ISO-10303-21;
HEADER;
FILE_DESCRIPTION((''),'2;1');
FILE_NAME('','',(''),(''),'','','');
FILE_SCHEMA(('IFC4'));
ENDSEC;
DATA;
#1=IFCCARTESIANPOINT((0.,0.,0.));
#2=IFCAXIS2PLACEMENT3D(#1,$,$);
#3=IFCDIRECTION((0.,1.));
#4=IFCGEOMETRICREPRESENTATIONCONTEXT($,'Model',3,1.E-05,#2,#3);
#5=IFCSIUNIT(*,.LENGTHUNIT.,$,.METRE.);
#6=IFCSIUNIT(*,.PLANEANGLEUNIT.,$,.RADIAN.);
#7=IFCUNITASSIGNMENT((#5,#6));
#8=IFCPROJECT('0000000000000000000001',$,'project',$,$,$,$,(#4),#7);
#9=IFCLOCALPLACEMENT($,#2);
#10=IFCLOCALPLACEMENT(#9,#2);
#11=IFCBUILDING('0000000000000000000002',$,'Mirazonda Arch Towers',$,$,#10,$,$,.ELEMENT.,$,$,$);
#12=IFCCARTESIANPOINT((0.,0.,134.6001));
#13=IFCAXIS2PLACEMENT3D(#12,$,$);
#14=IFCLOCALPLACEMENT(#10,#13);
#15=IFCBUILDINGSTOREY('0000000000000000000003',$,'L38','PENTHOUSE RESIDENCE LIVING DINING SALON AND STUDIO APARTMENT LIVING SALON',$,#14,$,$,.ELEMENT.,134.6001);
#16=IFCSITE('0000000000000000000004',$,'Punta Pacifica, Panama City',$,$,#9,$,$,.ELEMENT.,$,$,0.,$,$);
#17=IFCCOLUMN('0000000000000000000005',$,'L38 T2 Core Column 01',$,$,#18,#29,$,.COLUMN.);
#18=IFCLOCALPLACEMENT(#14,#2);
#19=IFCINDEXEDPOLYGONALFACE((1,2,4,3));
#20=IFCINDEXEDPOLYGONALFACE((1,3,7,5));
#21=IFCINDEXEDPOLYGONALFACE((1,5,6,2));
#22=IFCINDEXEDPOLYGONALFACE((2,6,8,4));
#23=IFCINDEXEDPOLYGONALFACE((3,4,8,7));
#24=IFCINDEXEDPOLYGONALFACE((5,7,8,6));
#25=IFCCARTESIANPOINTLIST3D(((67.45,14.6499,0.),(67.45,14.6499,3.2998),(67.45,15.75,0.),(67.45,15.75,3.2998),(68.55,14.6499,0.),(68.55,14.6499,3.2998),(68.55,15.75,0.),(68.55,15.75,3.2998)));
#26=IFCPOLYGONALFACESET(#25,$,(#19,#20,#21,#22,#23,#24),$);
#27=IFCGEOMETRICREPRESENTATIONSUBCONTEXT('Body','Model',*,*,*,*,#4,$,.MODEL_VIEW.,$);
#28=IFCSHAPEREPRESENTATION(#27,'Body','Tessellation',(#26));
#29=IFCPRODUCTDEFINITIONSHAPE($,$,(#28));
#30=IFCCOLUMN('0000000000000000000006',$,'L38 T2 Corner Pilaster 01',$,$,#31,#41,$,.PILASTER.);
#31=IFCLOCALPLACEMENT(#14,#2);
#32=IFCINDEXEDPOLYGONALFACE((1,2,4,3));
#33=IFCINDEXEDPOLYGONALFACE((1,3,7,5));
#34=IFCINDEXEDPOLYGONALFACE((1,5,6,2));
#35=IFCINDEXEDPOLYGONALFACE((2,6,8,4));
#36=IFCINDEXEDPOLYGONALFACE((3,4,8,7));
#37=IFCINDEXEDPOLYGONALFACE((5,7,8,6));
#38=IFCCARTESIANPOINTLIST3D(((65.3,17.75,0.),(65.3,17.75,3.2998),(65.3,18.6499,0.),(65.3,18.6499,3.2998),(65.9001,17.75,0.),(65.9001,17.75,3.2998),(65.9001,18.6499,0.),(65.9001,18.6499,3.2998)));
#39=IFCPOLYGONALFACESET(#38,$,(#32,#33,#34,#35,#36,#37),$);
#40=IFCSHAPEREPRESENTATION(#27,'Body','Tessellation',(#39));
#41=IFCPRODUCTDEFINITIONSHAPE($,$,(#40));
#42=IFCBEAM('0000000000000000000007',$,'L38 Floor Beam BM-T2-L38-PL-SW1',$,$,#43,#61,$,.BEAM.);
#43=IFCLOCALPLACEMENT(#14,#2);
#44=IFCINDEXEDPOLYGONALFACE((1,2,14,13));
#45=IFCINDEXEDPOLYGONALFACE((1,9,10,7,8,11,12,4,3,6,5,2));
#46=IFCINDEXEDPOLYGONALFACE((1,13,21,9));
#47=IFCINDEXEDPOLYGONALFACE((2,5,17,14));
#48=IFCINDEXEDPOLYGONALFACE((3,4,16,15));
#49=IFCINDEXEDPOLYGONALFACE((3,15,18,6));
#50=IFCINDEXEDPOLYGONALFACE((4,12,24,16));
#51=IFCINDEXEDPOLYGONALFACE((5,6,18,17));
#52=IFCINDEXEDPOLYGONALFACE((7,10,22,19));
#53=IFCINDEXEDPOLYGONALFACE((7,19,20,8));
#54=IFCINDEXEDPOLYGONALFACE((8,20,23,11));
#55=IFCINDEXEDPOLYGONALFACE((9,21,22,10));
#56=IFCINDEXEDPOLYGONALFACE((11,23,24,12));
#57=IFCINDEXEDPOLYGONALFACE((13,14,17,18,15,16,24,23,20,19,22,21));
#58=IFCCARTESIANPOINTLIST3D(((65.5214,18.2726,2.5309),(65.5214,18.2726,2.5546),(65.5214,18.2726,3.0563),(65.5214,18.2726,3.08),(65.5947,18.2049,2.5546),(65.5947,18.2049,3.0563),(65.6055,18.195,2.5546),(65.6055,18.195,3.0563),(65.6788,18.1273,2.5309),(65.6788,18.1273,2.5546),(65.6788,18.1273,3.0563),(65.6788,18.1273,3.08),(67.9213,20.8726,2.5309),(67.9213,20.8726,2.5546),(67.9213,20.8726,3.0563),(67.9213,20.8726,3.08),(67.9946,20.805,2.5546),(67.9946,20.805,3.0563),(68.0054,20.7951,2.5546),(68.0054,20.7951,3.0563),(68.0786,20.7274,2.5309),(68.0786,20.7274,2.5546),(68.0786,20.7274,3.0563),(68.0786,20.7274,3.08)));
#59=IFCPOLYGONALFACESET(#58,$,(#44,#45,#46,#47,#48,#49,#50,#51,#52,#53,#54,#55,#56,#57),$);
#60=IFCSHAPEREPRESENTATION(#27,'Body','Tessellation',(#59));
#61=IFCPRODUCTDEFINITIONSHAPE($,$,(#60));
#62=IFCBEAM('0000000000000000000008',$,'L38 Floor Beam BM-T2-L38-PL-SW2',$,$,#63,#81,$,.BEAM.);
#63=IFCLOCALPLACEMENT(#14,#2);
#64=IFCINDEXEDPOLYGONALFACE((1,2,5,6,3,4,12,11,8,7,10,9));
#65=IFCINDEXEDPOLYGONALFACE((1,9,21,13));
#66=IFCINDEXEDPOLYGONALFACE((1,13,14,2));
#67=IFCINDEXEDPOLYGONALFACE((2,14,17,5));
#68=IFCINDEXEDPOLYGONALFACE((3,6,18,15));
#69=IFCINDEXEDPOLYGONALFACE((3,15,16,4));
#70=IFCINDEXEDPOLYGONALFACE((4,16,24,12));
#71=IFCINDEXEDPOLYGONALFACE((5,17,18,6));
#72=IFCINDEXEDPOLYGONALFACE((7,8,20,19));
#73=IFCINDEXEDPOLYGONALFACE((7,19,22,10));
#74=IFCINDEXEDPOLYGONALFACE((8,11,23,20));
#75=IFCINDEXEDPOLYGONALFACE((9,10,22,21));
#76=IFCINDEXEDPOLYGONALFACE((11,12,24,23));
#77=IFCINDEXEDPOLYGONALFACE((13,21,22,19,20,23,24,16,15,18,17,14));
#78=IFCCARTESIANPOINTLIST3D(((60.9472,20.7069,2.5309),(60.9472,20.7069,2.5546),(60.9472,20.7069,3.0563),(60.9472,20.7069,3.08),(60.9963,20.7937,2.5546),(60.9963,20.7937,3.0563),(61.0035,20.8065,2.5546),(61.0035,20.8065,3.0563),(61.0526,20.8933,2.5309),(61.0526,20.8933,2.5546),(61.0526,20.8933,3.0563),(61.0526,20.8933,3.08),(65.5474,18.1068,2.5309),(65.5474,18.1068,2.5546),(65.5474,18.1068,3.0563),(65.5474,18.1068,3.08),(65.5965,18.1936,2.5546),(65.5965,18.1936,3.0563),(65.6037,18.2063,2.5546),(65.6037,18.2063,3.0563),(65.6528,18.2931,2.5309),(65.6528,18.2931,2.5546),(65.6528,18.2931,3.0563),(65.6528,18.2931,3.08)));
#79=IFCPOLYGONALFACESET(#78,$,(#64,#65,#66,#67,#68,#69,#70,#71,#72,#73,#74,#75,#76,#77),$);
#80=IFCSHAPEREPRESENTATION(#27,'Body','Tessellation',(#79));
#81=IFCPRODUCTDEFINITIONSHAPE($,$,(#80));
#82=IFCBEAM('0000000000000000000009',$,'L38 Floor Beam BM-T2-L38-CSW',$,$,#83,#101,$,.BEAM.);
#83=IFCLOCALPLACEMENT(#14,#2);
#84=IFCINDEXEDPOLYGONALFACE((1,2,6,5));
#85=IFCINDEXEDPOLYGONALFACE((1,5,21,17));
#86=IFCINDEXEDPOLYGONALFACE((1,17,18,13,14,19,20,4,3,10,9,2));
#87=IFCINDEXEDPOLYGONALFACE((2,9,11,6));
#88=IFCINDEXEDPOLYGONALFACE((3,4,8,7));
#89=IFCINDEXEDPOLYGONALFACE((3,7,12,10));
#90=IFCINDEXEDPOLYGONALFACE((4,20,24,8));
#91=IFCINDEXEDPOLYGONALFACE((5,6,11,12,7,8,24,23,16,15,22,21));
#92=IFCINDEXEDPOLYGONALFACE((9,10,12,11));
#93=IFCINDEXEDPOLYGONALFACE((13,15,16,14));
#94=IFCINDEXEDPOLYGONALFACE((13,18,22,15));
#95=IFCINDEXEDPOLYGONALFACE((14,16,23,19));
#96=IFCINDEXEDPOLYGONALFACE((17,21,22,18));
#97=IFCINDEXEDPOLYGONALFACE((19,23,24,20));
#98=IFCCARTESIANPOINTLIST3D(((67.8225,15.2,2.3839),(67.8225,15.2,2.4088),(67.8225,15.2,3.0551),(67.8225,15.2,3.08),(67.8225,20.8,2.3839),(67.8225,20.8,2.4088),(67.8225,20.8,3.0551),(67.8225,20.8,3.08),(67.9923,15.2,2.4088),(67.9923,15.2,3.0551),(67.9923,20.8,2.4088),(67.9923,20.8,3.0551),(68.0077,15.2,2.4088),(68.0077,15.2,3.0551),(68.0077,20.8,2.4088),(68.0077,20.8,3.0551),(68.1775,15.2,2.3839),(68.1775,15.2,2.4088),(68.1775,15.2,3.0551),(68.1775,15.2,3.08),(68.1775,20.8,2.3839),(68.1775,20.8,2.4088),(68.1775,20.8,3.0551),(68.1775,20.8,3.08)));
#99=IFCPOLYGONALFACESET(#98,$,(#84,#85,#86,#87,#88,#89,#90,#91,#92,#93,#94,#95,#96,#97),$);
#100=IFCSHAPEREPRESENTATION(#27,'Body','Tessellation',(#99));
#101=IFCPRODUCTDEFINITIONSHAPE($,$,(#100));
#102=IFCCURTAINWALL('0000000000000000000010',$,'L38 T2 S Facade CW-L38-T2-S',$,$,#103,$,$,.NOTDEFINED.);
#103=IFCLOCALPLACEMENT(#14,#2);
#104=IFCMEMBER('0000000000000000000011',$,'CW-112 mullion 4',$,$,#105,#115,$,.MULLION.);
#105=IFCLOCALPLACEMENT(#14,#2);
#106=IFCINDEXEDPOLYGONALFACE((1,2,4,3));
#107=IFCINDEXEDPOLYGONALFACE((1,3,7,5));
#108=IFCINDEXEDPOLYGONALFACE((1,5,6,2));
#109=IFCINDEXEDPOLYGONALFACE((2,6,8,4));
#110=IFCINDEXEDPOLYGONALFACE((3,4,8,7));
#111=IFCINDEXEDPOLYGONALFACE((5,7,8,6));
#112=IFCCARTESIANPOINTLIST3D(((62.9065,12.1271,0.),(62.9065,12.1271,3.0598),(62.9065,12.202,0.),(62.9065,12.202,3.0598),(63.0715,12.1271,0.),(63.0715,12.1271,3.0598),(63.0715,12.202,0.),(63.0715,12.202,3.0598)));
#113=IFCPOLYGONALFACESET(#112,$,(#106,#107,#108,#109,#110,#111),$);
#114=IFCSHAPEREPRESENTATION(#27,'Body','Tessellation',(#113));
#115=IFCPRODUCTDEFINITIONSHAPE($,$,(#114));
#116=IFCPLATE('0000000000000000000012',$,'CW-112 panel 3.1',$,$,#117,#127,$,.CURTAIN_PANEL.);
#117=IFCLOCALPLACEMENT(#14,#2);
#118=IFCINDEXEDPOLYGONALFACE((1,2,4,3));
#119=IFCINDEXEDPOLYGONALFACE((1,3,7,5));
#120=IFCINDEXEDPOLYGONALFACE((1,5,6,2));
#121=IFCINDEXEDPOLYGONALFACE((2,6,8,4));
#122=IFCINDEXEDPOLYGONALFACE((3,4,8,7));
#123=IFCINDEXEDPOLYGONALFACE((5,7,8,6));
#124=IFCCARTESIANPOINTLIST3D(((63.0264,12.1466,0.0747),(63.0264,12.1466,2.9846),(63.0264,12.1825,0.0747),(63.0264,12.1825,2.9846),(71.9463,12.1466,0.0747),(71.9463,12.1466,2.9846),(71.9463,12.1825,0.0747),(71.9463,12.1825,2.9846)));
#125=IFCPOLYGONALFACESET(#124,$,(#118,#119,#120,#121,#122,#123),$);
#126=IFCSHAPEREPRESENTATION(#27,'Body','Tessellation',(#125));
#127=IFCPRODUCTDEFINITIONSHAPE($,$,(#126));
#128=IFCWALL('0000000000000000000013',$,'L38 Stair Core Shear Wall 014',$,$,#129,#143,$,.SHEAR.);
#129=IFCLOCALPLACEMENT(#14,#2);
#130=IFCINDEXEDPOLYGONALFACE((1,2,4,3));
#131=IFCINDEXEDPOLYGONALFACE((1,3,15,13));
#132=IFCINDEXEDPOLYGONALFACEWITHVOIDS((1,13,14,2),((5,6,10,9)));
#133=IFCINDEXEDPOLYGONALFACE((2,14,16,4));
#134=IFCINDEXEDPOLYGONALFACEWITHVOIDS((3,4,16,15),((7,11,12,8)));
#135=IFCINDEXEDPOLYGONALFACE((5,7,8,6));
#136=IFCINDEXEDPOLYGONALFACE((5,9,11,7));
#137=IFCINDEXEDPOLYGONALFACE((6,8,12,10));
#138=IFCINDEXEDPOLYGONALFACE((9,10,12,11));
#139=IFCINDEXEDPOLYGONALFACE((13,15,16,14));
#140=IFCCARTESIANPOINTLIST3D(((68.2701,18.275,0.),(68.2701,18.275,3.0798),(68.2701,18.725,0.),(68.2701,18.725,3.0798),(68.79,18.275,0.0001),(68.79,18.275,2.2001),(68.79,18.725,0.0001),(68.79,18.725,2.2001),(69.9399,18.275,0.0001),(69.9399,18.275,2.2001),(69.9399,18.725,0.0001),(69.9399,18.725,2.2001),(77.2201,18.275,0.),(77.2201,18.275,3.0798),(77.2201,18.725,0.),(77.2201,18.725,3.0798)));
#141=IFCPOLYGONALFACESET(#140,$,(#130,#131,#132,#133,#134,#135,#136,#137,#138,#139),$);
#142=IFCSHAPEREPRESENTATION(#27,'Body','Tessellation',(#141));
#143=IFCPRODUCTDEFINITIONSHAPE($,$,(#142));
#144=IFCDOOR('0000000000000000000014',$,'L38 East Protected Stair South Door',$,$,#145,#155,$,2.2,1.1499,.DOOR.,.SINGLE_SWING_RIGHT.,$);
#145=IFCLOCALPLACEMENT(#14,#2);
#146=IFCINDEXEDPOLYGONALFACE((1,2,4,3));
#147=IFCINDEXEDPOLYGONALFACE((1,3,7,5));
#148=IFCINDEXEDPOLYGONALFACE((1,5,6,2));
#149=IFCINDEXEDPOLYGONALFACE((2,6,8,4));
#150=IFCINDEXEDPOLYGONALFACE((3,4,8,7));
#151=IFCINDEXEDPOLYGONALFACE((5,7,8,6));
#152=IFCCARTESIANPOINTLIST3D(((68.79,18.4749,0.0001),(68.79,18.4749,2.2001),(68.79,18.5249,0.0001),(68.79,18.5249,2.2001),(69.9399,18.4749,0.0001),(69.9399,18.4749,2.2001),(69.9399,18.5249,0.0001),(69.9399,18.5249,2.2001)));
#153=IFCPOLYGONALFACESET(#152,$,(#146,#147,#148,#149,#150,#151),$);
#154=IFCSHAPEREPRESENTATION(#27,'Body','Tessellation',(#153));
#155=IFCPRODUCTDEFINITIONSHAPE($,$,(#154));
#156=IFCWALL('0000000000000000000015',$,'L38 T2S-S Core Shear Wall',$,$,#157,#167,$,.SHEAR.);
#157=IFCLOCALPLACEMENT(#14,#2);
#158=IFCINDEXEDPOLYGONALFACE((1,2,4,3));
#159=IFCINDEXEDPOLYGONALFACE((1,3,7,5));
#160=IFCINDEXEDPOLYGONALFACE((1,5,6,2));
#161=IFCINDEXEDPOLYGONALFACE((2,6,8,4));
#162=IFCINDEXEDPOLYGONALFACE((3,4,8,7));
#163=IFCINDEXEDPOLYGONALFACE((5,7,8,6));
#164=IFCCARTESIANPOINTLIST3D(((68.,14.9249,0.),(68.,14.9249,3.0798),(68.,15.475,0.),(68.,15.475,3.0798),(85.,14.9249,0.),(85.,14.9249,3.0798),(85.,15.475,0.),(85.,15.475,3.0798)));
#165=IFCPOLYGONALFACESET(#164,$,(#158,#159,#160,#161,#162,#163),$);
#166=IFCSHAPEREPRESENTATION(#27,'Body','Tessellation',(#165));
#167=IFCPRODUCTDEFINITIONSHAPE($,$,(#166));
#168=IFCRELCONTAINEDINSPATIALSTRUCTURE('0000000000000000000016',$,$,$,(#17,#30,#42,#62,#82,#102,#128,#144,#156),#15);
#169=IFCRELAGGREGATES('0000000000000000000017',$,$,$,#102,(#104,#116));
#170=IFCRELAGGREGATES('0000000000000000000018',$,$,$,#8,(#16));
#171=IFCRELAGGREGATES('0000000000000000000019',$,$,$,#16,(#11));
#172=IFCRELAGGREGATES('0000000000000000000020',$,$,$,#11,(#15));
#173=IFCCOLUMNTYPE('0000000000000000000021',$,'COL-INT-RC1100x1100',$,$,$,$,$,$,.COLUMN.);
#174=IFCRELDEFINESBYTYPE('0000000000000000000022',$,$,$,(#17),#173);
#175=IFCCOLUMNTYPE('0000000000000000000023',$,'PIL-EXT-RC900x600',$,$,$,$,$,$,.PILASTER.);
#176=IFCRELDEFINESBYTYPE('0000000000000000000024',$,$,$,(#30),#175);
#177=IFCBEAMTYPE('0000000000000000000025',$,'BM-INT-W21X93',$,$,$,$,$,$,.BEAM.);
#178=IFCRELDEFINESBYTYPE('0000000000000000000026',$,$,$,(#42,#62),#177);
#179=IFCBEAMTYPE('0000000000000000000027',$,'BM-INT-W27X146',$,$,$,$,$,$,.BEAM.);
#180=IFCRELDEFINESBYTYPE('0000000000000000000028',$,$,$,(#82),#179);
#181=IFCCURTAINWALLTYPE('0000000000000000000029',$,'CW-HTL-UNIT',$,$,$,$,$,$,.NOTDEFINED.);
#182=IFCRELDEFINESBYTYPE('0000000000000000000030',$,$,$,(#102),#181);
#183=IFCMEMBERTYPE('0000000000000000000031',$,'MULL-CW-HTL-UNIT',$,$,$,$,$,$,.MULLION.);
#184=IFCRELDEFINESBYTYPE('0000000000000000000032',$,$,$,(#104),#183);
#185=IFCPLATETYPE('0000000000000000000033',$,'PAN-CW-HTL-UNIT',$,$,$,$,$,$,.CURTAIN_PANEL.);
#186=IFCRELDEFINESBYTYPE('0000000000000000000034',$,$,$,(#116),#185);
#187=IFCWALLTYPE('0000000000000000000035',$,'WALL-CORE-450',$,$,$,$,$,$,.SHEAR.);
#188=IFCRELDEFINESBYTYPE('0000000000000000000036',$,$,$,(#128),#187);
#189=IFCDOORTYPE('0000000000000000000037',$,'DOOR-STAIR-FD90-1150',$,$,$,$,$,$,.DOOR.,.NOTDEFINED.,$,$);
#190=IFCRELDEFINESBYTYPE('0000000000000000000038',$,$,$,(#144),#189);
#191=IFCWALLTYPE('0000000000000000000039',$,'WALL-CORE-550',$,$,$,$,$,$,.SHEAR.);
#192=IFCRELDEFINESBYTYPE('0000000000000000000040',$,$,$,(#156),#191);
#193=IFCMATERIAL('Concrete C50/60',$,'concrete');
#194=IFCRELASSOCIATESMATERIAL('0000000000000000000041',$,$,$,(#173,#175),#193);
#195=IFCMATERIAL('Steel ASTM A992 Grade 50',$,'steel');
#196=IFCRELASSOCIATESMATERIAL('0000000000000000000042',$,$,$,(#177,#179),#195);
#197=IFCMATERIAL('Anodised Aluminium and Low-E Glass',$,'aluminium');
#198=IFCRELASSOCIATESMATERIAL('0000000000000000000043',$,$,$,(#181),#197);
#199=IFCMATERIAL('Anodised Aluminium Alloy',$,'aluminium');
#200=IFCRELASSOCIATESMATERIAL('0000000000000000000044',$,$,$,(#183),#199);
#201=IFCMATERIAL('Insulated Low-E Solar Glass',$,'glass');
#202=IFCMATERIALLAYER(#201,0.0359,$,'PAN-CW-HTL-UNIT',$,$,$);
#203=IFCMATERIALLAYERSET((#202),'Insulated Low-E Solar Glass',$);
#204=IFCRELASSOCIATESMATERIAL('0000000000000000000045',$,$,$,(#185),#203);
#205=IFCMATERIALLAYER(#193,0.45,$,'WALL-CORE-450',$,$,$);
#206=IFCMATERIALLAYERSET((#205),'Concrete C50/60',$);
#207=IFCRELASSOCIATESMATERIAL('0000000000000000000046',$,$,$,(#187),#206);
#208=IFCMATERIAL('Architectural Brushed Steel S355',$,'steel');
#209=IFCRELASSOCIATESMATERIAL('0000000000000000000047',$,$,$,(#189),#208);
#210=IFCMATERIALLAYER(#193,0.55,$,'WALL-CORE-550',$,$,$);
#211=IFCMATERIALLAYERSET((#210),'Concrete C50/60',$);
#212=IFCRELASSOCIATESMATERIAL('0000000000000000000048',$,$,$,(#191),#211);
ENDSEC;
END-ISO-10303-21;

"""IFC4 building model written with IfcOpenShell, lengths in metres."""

from ifc_helpers import new_model, si_unit, direction, frame, frame_2d, origin, origin_2d, place, context, subcontext, project, spatial, rectangle, i_section, extrude, material, layer, layer_set, material_profile, profile_set, type_object, element, fill, aggregate, save


model = new_model("IFC4")

# Units and contexts
model_context = context("Model", 3, precision=1e-05, world=origin(), true_north=direction((0.0, 1.0)))
body_context = subcontext(model_context, "Body", "Model", "MODEL_VIEW")
ifc_project = project(units=[si_unit("LENGTHUNIT", "METRE"), si_unit("PLANEANGLEUNIT", "RADIAN")], contexts=[model_context])

# Site, building, storey
site_placement = place(None, origin())
site = spatial("IfcSite", under=ifc_project, at=site_placement, Name="Punta Pacifica, Panama City", CompositionType="ELEMENT", RefElevation=0.0)
building_placement = place(site_placement, origin())
building = spatial("IfcBuilding", under=site, at=building_placement, Name="Mirazonda Arch Towers", CompositionType="ELEMENT")
storey_placement = place(building_placement, frame((0.0, 0.0, 134.6001)))
storey = spatial("IfcBuildingStorey", under=building, at=storey_placement, Name="L38", Description="PENTHOUSE RESIDENCE LIVING DINING SALON AND STUDIO APARTMENT LIVING SALON", CompositionType="ELEMENT", Elevation=134.6001)

# Columns
ifc_material_1 = material(Name="Concrete C50/60", Category="concrete")
ifc_material_profile_1 = material_profile(ifc_material_1, rectangle(XDim=1.1001, YDim=1.1001, at=origin_2d()), Name="RC1100x1100")
ifc_profile_set_1 = profile_set([ifc_material_profile_1], Name="Concrete C50/60")
column_type_1 = type_object("IfcColumnType", Name="COL-INT-RC1100x1100", PredefinedType="COLUMN", material=ifc_profile_set_1)
column_1_placement = place(storey_placement, frame((68.0, 15.2, 0.0), z_axis=(0.0, 0.0, 1.0), x_axis=(1.0, 0.0, 0.0)))
element("IfcColumn", 1, at=column_1_placement, inside=storey, type_object=column_type_1, Name="L38 T2 Core Column 01", PredefinedType="COLUMN", context=body_context, shape_type="SweptSolid", body=[
    extrude(rectangle(XDim=1.1001, YDim=1.1001, at=origin_2d()), origin(), (0.0, 0.0, 1.0), 3.2998),
])
ifc_material_profile_2 = material_profile(ifc_material_1, rectangle(XDim=0.6001, YDim=0.8999, at=origin_2d()), Name="RC900x600")
ifc_profile_set_2 = profile_set([ifc_material_profile_2], Name="Concrete C50/60")
column_type_2 = type_object("IfcColumnType", Name="PIL-EXT-RC900x600", PredefinedType="PILASTER", material=ifc_profile_set_2)
column_2_placement = place(storey_placement, frame((65.6001, 18.2, 0.0), z_axis=(0.0, 0.0, 1.0), x_axis=(1.0, 0.0, 0.0)))
element("IfcColumn", 2, at=column_2_placement, inside=storey, type_object=column_type_2, Name="L38 T2 Corner Pilaster 01", PredefinedType="PILASTER", context=body_context, shape_type="SweptSolid", body=[
    extrude(rectangle(XDim=0.6001, YDim=0.8999, at=origin_2d()), origin(), (0.0, 0.0, 1.0), 3.2998),
])

# Beams
ifc_material_2 = material(Name="Steel ASTM A992 Grade 50", Category="steel")
ifc_material_profile_3 = material_profile(ifc_material_2, i_section(OverallWidth=0.2141, OverallDepth=0.5491, WebThickness=0.0146, FlangeThickness=0.0237, at=origin_2d()), Name="W21X93")
ifc_profile_set_3 = profile_set([ifc_material_profile_3], Name="Steel ASTM A992 Grade 50")
beam_type_1 = type_object("IfcBeamType", Name="BM-INT-W21X93", PredefinedType="BEAM", material=ifc_profile_set_3)
beam_1_placement = place(storey_placement, frame((65.6001, 18.2, 2.8054), z_axis=(0.678251, 0.73483, 0.0), x_axis=(-0.73483, 0.678251, 0.0)))
element("IfcBeam", 3, at=beam_1_placement, inside=storey, type_object=beam_type_1, Name="L38 Floor Beam BM-T2-L38-PL-SW1", PredefinedType="BEAM", context=body_context, shape_type="SweptSolid", body=[
    extrude(i_section(OverallWidth=0.2141, OverallDepth=0.5491, WebThickness=0.0146, FlangeThickness=0.0237, at=origin_2d()), origin(), (0.0, 0.0, 1.0), 3.5383),
])
beam_2_placement = place(storey_placement, frame((65.6001, 18.2, 2.8054), z_axis=(-0.870559, 0.492063, 0.0), x_axis=(-0.492063, -0.870559, 0.0)))
element("IfcBeam", 4, at=beam_2_placement, inside=storey, type_object=beam_type_1, Name="L38 Floor Beam BM-T2-L38-PL-SW2", PredefinedType="BEAM", context=body_context, shape_type="SweptSolid", body=[
    extrude(i_section(OverallWidth=0.2141, OverallDepth=0.5491, WebThickness=0.0146, FlangeThickness=0.0237, at=origin_2d()), origin(), (0.0, 0.0, 1.0), 5.2842),
])
ifc_material_profile_4 = material_profile(ifc_material_2, i_section(OverallWidth=0.355, OverallDepth=0.696, WebThickness=0.0154, FlangeThickness=0.0249, at=origin_2d()), Name="W27X146")
ifc_profile_set_4 = profile_set([ifc_material_profile_4], Name="Steel ASTM A992 Grade 50")
beam_type_2 = type_object("IfcBeamType", Name="BM-INT-W27X146", PredefinedType="BEAM", material=ifc_profile_set_4)
beam_3_placement = place(storey_placement, frame((68.0, 15.2, 2.7319), z_axis=(0.0, 1.0, 0.0), x_axis=(-1.0, 0.0, 0.0)))
element("IfcBeam", 5, at=beam_3_placement, inside=storey, type_object=beam_type_2, Name="L38 Floor Beam BM-T2-L38-CSW", PredefinedType="BEAM", context=body_context, shape_type="SweptSolid", body=[
    extrude(i_section(OverallWidth=0.355, OverallDepth=0.696, WebThickness=0.0154, FlangeThickness=0.0249, at=origin_2d()), origin(), (0.0, 0.0, 1.0), 5.6001),
])

# Curtain wall, member, plate
ifc_material_3 = material(Name="Anodised Aluminium and Low-E Glass", Category="aluminium")
curtain_wall_type = type_object("IfcCurtainWallType", Name="CW-HTL-UNIT", PredefinedType="NOTDEFINED", material=ifc_material_3)
curtain_wall_placement = place(storey_placement, origin())
curtain_wall = element("IfcCurtainWall", 6, at=curtain_wall_placement, inside=storey, type_object=curtain_wall_type, Name="L38 T2 S Facade CW-L38-T2-S", PredefinedType="NOTDEFINED")
ifc_material_4 = material(Name="Anodised Aluminium Alloy", Category="aluminium")
ifc_material_profile_5 = material_profile(ifc_material_4, rectangle(XDim=0.075, YDim=0.165, at=origin_2d()), Name="ALU-MULL-75x165")
ifc_profile_set_5 = profile_set([ifc_material_profile_5], Name="Anodised Aluminium Alloy")
member_type = type_object("IfcMemberType", Name="MULL-CW-HTL-UNIT", PredefinedType="MULLION", material=ifc_profile_set_5)
member_placement = place(storey_placement, frame((62.989, 12.1646, 0.0), z_axis=(0.0, 0.0, 1.0), x_axis=(0.0, -1.0, 0.0)))
member = element("IfcMember", 7, at=member_placement, type_object=member_type, Name="CW-112 mullion 4", PredefinedType="MULLION", context=body_context, shape_type="SweptSolid", body=[
    extrude(rectangle(XDim=0.075, YDim=0.165, at=origin_2d()), origin(), (0.0, 0.0, 1.0), 3.0598),
])
ifc_material_5 = material(Name="Insulated Low-E Solar Glass", Category="glass")
ifc_layer_1 = layer(ifc_material_5, 0.0359, Name="PAN-CW-HTL-UNIT")
ifc_layer_set_1 = layer_set([ifc_layer_1], Name="Insulated Low-E Solar Glass")
plate_type = type_object("IfcPlateType", Name="PAN-CW-HTL-UNIT", PredefinedType="CURTAIN_PANEL", material=ifc_layer_set_1)
plate_placement = place(storey_placement, frame((67.4863, 12.1646, 0.0747), z_axis=(0.0, 0.0, 1.0), x_axis=(-1.0, 0.0, 0.0)))
plate = element("IfcPlate", 8, at=plate_placement, type_object=plate_type, Name="CW-112 panel 3.1", PredefinedType="CURTAIN_PANEL", context=body_context, shape_type="SweptSolid", body=[
    extrude(rectangle(XDim=8.9199, YDim=0.0359, at=origin_2d()), origin(), (0.0, 0.0, 1.0), 2.9099),
])
aggregate(curtain_wall, [member, plate])

# Wall, opening, door
ifc_layer_2 = layer(ifc_material_1, 0.45, Name="WALL-CORE-450")
ifc_layer_set_2 = layer_set([ifc_layer_2], Name="Concrete C50/60")
wall_type_1 = type_object("IfcWallType", Name="WALL-CORE-450", PredefinedType="SHEAR", material=ifc_layer_set_2)
wall_1_placement = place(storey_placement, frame((68.27, 18.5, 0.0), z_axis=(0.0, 0.0, 1.0), x_axis=(1.0, 0.0, 0.0)))
wall_1 = element("IfcWall", 9, at=wall_1_placement, inside=storey, type_object=wall_type_1, Name="L38 Stair Core Shear Wall 014", PredefinedType="SHEAR", context=body_context, shape_type="SweptSolid", body=[
    extrude(rectangle(XDim=8.95, YDim=0.45, at=frame_2d((4.4751, 0.0))), origin(), (0.0, 0.0, 1.0), 3.0798),
])
opening_1_placement = place(wall_1_placement, frame((0.52, 0.0, 0.0)))
opening_1 = element("IfcOpeningElement", 10, at=opening_1_placement, cuts=wall_1, PredefinedType="OPENING", context=body_context, shape_type="SweptSolid", body=[
    extrude(rectangle(XDim=1.1499, YDim=2.2, at=frame_2d((0.575, 1.1001))), frame((0.0, 0.2349, 0.0), z_axis=(0.0, -1.0, 0.0), x_axis=(1.0, 0.0, 0.0)), (0.0, 0.0, 1.0), 0.47),
])
ifc_material_6 = material(Name="Architectural Brushed Steel S355", Category="steel")
door_type_1 = type_object("IfcDoorType", Name="DOOR-STAIR-FD90-1150", OperationType="NOTDEFINED", PredefinedType="DOOR", material=ifc_material_6)
door_1_placement = place(opening_1_placement, origin())
door_1 = element("IfcDoor", 11, at=door_1_placement, inside=storey, type_object=door_type_1, Name="L38 East Protected Stair South Door", OperationType="SINGLE_SWING_RIGHT", OverallHeight=2.2, OverallWidth=1.1499, PredefinedType="DOOR", context=body_context, shape_type="SweptSolid", body=[
    extrude(rectangle(XDim=1.1499, YDim=2.2, at=frame_2d((0.575, 1.1001))), frame((0.0, 0.0249, 0.0), z_axis=(0.0, -1.0, 0.0), x_axis=(1.0, 0.0, 0.0)), (0.0, 0.0, 1.0), 0.05),
])
fill(opening_1, door_1)

# Wall
ifc_layer_3 = layer(ifc_material_1, 0.55, Name="WALL-CORE-550")
ifc_layer_set_3 = layer_set([ifc_layer_3], Name="Concrete C50/60")
wall_type_2 = type_object("IfcWallType", Name="WALL-CORE-550", PredefinedType="SHEAR", material=ifc_layer_set_3)
wall_2_placement = place(storey_placement, frame((68.0, 15.2, 0.0), z_axis=(0.0, 0.0, 1.0), x_axis=(1.0, 0.0, 0.0)))
element("IfcWall", 12, at=wall_2_placement, inside=storey, type_object=wall_type_2, Name="L38 T2S-S Core Shear Wall", PredefinedType="SHEAR", context=body_context, shape_type="SweptSolid", body=[
    extrude(rectangle(XDim=17.0, YDim=0.55, at=frame_2d((8.5, 0.0))), origin(), (0.0, 0.0, 1.0), 3.0798),
])

save(model, "model.ifc")
